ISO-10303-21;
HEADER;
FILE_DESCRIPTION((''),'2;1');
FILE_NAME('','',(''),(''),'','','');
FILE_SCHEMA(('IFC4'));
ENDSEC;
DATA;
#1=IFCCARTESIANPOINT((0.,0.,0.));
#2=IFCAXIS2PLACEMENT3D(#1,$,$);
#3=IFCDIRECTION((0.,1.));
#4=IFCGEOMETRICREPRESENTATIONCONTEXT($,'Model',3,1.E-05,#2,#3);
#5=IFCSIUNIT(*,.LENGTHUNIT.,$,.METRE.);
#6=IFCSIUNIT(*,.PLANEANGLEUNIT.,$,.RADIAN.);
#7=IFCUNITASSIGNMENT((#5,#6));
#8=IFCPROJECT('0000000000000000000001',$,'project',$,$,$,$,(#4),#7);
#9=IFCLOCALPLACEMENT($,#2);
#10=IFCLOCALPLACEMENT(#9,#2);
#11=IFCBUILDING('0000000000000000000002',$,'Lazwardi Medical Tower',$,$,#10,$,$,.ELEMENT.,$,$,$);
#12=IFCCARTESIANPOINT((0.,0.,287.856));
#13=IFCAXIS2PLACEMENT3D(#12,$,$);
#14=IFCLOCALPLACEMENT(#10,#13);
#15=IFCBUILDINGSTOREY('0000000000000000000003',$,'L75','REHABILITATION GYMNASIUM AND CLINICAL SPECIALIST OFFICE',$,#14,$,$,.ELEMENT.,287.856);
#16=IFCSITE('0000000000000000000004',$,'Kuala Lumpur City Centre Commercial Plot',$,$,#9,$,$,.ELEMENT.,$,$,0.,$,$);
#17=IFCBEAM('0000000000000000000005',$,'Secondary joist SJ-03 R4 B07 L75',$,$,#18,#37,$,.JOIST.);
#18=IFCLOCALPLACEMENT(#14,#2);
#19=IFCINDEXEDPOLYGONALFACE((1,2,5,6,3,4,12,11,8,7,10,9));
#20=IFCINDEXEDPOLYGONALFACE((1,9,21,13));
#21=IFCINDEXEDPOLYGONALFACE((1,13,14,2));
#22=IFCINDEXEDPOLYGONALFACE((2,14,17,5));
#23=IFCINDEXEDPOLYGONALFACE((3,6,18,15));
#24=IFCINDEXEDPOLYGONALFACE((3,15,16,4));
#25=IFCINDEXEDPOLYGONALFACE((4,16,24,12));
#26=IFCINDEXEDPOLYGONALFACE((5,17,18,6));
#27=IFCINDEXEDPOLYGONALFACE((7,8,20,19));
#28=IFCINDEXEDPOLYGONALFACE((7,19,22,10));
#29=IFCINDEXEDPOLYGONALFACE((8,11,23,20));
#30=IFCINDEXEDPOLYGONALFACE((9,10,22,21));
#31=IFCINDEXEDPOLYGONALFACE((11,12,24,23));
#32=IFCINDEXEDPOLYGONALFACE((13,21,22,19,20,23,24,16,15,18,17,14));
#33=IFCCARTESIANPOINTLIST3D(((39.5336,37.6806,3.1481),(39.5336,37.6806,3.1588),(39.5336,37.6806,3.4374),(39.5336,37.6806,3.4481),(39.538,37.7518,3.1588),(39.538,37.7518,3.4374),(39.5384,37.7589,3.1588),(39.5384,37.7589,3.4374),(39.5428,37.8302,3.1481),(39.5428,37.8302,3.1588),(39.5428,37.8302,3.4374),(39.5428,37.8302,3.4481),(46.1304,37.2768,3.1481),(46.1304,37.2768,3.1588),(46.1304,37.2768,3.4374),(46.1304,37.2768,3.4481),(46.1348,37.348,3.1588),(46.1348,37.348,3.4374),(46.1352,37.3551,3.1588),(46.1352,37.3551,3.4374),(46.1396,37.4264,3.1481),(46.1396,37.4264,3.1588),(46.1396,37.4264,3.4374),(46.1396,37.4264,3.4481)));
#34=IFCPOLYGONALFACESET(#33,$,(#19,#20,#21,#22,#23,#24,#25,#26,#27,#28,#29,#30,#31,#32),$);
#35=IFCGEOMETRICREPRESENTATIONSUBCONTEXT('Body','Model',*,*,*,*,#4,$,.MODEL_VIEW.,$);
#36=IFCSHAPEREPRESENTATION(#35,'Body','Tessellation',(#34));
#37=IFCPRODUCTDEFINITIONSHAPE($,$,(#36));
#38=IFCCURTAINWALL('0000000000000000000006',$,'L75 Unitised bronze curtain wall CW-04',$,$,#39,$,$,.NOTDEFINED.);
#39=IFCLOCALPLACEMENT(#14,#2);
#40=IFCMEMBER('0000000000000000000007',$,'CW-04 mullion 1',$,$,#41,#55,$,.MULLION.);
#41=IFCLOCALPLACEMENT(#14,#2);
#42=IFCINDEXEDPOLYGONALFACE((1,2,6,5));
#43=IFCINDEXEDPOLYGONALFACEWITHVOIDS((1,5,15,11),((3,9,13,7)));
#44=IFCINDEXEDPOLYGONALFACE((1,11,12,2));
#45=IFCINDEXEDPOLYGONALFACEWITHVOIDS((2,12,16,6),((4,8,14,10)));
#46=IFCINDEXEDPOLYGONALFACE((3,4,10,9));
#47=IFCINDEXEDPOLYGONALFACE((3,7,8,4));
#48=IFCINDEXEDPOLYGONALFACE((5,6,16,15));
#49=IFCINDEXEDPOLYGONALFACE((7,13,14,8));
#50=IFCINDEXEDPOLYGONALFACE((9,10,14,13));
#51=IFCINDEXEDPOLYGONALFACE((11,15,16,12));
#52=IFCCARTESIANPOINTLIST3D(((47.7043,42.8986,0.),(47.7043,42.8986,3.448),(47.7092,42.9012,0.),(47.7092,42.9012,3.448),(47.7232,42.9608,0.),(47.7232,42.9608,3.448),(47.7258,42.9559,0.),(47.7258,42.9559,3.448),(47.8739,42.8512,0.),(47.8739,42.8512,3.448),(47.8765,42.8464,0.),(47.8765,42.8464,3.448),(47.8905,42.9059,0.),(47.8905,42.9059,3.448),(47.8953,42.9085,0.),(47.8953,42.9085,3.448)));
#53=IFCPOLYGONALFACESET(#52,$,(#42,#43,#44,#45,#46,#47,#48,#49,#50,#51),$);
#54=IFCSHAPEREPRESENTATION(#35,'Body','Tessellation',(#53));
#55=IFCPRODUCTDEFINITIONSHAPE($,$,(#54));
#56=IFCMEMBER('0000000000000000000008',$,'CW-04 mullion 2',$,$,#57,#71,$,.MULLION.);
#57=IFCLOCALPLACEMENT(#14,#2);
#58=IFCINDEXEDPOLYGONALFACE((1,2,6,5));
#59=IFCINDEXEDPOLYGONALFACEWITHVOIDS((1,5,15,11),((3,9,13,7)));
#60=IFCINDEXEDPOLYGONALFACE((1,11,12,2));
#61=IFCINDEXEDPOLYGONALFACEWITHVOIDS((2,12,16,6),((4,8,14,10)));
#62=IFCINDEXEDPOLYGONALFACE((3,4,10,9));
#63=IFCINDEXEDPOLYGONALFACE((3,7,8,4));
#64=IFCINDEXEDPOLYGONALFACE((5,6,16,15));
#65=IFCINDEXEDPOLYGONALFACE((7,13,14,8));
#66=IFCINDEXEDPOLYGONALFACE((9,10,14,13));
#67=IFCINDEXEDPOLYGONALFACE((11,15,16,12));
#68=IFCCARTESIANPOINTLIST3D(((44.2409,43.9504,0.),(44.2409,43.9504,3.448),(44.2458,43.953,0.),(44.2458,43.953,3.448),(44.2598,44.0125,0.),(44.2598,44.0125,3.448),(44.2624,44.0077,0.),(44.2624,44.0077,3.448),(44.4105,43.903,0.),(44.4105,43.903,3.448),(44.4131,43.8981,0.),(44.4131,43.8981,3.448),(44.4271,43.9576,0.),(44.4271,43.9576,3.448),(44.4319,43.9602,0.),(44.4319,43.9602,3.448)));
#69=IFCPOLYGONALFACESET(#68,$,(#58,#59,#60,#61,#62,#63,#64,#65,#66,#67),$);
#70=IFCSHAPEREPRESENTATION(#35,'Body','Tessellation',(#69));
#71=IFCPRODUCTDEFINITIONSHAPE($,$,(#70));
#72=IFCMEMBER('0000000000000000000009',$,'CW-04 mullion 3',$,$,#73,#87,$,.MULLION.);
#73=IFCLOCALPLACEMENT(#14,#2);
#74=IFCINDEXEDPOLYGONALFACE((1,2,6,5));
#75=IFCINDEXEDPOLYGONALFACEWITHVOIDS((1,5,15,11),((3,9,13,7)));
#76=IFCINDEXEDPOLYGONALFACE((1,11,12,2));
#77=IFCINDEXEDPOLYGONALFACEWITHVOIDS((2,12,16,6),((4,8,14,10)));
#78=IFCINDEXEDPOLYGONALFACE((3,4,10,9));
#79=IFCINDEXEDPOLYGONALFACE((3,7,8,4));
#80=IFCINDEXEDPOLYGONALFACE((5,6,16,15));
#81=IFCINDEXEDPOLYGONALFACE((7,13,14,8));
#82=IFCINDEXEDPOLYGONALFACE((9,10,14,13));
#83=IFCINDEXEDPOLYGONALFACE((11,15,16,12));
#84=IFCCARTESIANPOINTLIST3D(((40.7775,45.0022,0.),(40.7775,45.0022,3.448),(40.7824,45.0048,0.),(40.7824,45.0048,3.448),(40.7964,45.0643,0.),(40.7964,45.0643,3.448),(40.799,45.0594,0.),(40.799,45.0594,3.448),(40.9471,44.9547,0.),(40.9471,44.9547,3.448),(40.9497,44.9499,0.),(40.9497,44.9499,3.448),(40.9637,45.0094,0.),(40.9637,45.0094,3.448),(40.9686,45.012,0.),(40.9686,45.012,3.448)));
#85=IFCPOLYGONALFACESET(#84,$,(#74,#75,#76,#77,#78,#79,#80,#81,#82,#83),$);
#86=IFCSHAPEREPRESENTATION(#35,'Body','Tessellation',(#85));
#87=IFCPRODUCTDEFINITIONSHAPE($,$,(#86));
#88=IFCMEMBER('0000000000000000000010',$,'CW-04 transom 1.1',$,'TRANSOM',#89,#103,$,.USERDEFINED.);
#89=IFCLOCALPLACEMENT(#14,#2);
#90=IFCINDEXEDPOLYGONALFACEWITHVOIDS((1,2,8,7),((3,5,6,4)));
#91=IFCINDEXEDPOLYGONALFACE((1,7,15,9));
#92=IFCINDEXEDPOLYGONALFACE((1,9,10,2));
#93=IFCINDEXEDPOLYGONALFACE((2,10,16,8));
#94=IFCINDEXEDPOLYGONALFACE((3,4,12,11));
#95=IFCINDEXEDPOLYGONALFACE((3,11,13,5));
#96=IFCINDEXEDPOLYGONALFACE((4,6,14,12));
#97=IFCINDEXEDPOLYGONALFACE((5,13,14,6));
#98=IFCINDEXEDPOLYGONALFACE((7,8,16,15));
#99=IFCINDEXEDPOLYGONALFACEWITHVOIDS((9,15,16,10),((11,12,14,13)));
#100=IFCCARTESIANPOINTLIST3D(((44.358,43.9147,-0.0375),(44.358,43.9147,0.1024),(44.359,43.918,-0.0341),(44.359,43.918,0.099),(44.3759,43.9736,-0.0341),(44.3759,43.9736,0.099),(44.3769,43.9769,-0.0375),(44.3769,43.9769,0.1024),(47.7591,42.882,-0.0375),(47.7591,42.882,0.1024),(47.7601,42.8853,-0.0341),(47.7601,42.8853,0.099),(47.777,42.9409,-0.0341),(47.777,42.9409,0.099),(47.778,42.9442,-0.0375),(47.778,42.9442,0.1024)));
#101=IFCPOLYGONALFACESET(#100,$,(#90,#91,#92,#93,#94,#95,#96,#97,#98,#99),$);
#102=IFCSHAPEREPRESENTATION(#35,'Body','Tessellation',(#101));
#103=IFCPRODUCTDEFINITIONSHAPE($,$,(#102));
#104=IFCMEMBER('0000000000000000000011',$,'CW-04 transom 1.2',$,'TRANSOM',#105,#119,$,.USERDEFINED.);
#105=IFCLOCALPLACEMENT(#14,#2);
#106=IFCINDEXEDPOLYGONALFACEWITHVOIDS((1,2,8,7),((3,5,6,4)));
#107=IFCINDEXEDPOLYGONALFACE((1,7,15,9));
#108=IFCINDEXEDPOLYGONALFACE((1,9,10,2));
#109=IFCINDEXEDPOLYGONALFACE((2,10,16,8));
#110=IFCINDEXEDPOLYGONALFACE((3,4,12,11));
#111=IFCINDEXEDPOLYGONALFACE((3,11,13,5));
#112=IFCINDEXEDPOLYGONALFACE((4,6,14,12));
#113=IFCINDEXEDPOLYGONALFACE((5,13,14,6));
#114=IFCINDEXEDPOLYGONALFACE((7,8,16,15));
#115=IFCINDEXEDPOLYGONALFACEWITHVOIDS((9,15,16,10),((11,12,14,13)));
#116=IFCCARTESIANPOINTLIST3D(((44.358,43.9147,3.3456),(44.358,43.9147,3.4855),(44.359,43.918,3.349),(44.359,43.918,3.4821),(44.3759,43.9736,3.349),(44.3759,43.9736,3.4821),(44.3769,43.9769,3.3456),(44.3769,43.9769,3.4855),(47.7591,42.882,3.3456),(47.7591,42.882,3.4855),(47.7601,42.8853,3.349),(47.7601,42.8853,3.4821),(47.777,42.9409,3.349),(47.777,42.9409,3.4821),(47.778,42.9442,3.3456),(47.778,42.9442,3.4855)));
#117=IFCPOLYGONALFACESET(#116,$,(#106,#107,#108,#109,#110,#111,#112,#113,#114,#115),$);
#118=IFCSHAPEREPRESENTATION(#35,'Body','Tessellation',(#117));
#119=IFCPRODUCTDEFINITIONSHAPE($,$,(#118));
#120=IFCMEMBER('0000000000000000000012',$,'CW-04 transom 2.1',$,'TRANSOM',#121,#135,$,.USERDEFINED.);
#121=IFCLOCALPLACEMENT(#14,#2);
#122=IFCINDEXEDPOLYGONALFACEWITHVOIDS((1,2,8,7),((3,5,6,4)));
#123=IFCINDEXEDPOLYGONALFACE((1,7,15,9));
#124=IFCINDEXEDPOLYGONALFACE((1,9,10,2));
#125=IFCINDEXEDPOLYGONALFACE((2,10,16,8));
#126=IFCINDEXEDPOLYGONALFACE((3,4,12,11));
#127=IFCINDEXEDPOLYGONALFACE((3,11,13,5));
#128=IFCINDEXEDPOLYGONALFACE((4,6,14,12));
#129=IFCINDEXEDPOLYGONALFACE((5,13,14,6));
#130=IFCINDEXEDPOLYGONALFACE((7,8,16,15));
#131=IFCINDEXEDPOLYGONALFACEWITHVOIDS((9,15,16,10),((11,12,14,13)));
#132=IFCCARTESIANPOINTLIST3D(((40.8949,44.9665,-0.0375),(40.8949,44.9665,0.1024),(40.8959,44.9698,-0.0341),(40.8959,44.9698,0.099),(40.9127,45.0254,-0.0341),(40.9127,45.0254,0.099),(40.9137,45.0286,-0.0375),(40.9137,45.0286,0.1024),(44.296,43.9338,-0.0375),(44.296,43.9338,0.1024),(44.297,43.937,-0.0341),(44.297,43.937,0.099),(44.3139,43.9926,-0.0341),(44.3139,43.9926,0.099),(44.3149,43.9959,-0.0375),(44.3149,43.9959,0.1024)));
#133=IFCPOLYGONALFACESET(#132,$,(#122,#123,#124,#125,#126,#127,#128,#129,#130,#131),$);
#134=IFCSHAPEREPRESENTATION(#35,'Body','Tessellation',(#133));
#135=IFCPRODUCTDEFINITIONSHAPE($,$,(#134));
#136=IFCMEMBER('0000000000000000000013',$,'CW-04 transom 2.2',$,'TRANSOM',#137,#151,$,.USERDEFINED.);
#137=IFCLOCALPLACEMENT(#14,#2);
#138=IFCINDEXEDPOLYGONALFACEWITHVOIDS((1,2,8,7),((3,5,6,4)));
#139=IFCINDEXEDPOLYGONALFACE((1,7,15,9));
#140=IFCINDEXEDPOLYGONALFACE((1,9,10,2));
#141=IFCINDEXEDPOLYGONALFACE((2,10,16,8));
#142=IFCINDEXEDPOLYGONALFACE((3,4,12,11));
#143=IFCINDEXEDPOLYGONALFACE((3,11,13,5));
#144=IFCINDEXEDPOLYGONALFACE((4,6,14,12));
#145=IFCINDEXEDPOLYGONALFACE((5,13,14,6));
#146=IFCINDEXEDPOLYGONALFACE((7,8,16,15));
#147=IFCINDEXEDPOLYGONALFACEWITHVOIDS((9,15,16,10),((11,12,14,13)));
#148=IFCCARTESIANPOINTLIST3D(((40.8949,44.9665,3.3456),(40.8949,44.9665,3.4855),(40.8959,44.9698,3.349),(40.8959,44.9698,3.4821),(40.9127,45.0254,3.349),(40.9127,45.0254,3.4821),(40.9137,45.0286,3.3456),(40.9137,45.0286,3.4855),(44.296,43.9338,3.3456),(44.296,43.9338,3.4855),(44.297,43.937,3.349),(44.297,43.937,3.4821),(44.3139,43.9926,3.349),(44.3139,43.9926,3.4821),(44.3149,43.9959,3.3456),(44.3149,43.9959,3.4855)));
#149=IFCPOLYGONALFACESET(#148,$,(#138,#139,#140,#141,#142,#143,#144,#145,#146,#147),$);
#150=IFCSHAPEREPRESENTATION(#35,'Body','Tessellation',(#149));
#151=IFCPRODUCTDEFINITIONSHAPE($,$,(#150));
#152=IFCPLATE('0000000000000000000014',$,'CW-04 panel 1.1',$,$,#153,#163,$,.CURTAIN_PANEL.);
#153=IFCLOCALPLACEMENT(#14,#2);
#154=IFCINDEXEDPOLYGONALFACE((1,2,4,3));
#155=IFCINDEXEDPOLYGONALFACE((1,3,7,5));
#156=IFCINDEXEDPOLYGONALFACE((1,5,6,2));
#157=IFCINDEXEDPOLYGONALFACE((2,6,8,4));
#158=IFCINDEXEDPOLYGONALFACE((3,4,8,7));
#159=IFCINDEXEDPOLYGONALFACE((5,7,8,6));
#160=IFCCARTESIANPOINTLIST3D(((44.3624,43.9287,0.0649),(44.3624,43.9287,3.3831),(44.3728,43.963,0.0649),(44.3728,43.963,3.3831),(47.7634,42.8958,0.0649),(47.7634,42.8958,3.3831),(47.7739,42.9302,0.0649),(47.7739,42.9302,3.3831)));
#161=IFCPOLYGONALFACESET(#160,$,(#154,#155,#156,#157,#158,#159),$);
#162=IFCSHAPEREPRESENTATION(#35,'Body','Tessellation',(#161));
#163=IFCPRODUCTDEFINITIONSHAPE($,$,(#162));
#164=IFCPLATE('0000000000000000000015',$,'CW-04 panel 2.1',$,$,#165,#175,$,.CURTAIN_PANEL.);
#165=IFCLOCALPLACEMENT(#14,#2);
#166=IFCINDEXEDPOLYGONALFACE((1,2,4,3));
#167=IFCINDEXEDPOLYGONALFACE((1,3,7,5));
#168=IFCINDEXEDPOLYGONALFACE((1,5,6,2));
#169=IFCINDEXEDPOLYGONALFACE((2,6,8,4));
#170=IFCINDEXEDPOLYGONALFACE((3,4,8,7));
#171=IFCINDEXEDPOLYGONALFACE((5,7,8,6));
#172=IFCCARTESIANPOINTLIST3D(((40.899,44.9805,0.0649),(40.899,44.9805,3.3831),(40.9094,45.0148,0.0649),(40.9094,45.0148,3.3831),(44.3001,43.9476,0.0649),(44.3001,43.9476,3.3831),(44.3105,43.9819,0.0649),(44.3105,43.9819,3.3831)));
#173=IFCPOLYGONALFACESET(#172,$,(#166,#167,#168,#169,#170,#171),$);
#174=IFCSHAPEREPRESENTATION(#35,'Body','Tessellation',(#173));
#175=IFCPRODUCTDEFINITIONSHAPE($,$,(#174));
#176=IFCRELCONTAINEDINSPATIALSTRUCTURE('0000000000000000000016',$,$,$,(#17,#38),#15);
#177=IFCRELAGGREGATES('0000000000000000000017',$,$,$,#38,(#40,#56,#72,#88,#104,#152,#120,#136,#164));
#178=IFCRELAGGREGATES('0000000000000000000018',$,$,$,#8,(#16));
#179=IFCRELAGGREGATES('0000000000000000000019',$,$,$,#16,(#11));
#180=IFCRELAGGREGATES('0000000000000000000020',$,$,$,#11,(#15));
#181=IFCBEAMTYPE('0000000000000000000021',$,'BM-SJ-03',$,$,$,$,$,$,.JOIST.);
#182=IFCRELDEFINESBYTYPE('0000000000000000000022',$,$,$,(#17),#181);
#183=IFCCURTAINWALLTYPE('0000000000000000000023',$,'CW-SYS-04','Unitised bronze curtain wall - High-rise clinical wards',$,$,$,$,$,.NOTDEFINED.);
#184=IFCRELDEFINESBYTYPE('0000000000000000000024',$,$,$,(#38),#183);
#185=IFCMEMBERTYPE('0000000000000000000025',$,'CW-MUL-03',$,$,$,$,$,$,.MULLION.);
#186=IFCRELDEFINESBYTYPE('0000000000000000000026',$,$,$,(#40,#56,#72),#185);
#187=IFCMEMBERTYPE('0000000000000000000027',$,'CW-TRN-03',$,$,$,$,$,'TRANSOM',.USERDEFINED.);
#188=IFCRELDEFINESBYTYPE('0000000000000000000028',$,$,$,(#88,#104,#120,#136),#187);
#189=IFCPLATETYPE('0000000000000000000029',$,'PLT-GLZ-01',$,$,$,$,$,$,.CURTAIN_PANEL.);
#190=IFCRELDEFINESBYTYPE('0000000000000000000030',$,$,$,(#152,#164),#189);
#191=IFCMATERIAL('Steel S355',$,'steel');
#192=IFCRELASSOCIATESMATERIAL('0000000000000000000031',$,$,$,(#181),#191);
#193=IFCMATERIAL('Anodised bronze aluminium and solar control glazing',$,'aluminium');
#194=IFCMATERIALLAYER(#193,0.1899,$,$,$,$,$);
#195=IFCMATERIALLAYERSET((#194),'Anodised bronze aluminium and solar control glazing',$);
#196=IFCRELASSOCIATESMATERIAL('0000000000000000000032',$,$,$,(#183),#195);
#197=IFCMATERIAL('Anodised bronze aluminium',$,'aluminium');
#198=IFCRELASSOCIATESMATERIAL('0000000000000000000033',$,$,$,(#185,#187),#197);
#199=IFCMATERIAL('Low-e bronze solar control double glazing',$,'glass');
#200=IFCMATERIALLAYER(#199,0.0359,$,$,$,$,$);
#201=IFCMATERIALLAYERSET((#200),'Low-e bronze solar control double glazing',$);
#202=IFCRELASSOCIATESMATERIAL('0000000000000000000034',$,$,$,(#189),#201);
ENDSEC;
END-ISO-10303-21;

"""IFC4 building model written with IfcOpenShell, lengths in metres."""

from ifc_helpers import new_model, si_unit, direction, frame, origin, origin_2d, place, context, subcontext, project, spatial, rectangle, hollow_rectangle, i_section, extrude, material, layer, layer_set, material_profile, profile_set, type_object, element, aggregate, save


model = new_model("IFC4")

# Units and contexts
model_context = context("Model", 3, precision=1e-05, world=origin(), true_north=direction((0.0, 1.0)))
body_context = subcontext(model_context, "Body", "Model", "MODEL_VIEW")
ifc_project = project(units=[si_unit("LENGTHUNIT", "METRE"), si_unit("PLANEANGLEUNIT", "RADIAN")], contexts=[model_context])

# Site, building, storey
site_placement = place(None, origin())
site = spatial("IfcSite", under=ifc_project, at=site_placement, Name="Kuala Lumpur City Centre Commercial Plot", CompositionType="ELEMENT", RefElevation=0.0)
building_placement = place(site_placement, origin())
building = spatial("IfcBuilding", under=site, at=building_placement, Name="Lazwardi Medical Tower", CompositionType="ELEMENT")
storey_placement = place(building_placement, frame((0.0, 0.0, 287.856)))
storey = spatial("IfcBuildingStorey", under=building, at=storey_placement, Name="L75", Description="REHABILITATION GYMNASIUM AND CLINICAL SPECIALIST OFFICE", CompositionType="ELEMENT", Elevation=287.856)

# Beam
ifc_material_1 = material(Name="Steel S355", Category="steel")
ifc_material_profile_1 = material_profile(ifc_material_1, i_section(OverallWidth=0.1499, OverallDepth=0.3, WebThickness=0.0071, FlangeThickness=0.0107, at=origin_2d()), Name="IPE 300")
ifc_profile_set_1 = profile_set([ifc_material_profile_1], Name="Steel S355")
beam_type_1 = type_object("IfcBeamType", Name="BM-SJ-03", PredefinedType="JOIST", material=ifc_profile_set_1)
beam_1_placement = place(storey_placement, frame((46.135, 37.3516, 3.2981), z_axis=(-0.998132, 0.0611, 0.0), x_axis=(-0.0611, -0.998132, 0.0)))
element("IfcBeam", 1, at=beam_1_placement, inside=storey, type_object=beam_type_1, Name="Secondary joist SJ-03 R4 B07 L75", PredefinedType="JOIST", context=body_context, shape_type="SweptSolid", body=[
    extrude(i_section(OverallWidth=0.1499, OverallDepth=0.3, WebThickness=0.0071, FlangeThickness=0.0107, at=origin_2d()), origin(), (0.0, 0.0, 1.0), 6.6091),
])

# Curtain wall, members, plates
ifc_material_2 = material(Name="Anodised bronze aluminium and solar control glazing", Category="aluminium")
ifc_layer_1 = layer(ifc_material_2, 0.1899)
ifc_layer_set_1 = layer_set([ifc_layer_1], Name="Anodised bronze aluminium and solar control glazing")
curtain_wall_type = type_object("IfcCurtainWallType", Name="CW-SYS-04", Description="Unitised bronze curtain wall - High-rise clinical wards", PredefinedType="NOTDEFINED", material=ifc_layer_set_1)
curtain_wall_placement = place(storey_placement, origin())
curtain_wall = element("IfcCurtainWall", 2, at=curtain_wall_placement, inside=storey, type_object=curtain_wall_type, Name="L75 Unitised bronze curtain wall CW-04", PredefinedType="NOTDEFINED")
ifc_material_3 = material(Name="Anodised bronze aluminium", Category="aluminium")
ifc_material_profile_2 = material_profile(ifc_material_3, hollow_rectangle(XDim=0.0649, YDim=0.1799, WallThickness=0.0039, at=origin_2d()), Name="ALU-MULLION 180x65x4")
ifc_profile_set_2 = profile_set([ifc_material_profile_2], Name="Anodised bronze aluminium")
member_type_1 = type_object("IfcMemberType", Name="CW-MUL-03", PredefinedType="MULLION", material=ifc_profile_set_2)
member_1_placement = place(storey_placement, frame((47.7998, 42.9036, 0.0), z_axis=(0.0, 0.0, 1.0), x_axis=(-0.290582, -0.95685, 0.0)))
member_1 = element("IfcMember", 3, at=member_1_placement, type_object=member_type_1, Name="CW-04 mullion 1", PredefinedType="MULLION", context=body_context, shape_type="SweptSolid", body=[
    extrude(hollow_rectangle(XDim=0.0649, YDim=0.1799, WallThickness=0.0039, at=origin_2d()), origin(), (0.0, 0.0, 1.0), 3.448),
])
member_2_placement = place(storey_placement, frame((44.3364, 43.9553, 0.0), z_axis=(0.0, 0.0, 1.0), x_axis=(-0.290582, -0.95685, 0.0)))
member_2 = element("IfcMember", 4, at=member_2_placement, type_object=member_type_1, Name="CW-04 mullion 2", PredefinedType="MULLION", context=body_context, shape_type="SweptSolid", body=[
    extrude(hollow_rectangle(XDim=0.0649, YDim=0.1799, WallThickness=0.0039, at=origin_2d()), origin(), (0.0, 0.0, 1.0), 3.448),
])
member_3_placement = place(storey_placement, frame((40.873, 45.0071, 0.0), z_axis=(0.0, 0.0, 1.0), x_axis=(-0.290582, -0.95685, 0.0)))
member_3 = element("IfcMember", 5, at=member_3_placement, type_object=member_type_1, Name="CW-04 mullion 3", PredefinedType="MULLION", context=body_context, shape_type="SweptSolid", body=[
    extrude(hollow_rectangle(XDim=0.0649, YDim=0.1799, WallThickness=0.0039, at=origin_2d()), origin(), (0.0, 0.0, 1.0), 3.448),
])
ifc_material_profile_3 = material_profile(ifc_material_3, hollow_rectangle(XDim=0.0649, YDim=0.1399, WallThickness=0.0034, at=origin_2d()), Name="ALU-TRANSOM 140x65x3.5")
ifc_profile_set_3 = profile_set([ifc_material_profile_3], Name="Anodised bronze aluminium")
member_type_2 = type_object("IfcMemberType", Name="CW-TRN-03", ElementType="TRANSOM", PredefinedType="USERDEFINED", material=ifc_profile_set_3)
member_4_placement = place(storey_placement, frame((47.7686, 42.9131, 0.0325), z_axis=(-0.956863, 0.290541, 0.0), x_axis=(-0.290541, -0.956863, 0.0)))
member_4 = element("IfcMember", 6, at=member_4_placement, type_object=member_type_2, Name="CW-04 transom 1.1", ObjectType="TRANSOM", PredefinedType="USERDEFINED", context=body_context, shape_type="SweptSolid", body=[
    extrude(hollow_rectangle(XDim=0.0649, YDim=0.1399, WallThickness=0.0034, at=origin_2d()), origin(), (0.0, 0.0, 1.0), 3.5544),
])
member_5_placement = place(storey_placement, frame((47.7686, 42.9131, 3.4155), z_axis=(-0.956863, 0.290541, 0.0), x_axis=(-0.290541, -0.956863, 0.0)))
member_5 = element("IfcMember", 7, at=member_5_placement, type_object=member_type_2, Name="CW-04 transom 1.2", ObjectType="TRANSOM", PredefinedType="USERDEFINED", context=body_context, shape_type="SweptSolid", body=[
    extrude(hollow_rectangle(XDim=0.0649, YDim=0.1399, WallThickness=0.0034, at=origin_2d()), origin(), (0.0, 0.0, 1.0), 3.5544),
])
member_6_placement = place(storey_placement, frame((44.3054, 43.9648, 0.0325), z_axis=(-0.956863, 0.290541, 0.0), x_axis=(-0.290541, -0.956863, 0.0)))
member_6 = element("IfcMember", 8, at=member_6_placement, type_object=member_type_2, Name="CW-04 transom 2.1", ObjectType="TRANSOM", PredefinedType="USERDEFINED", context=body_context, shape_type="SweptSolid", body=[
    extrude(hollow_rectangle(XDim=0.0649, YDim=0.1399, WallThickness=0.0034, at=origin_2d()), origin(), (0.0, 0.0, 1.0), 3.5544),
])
member_7_placement = place(storey_placement, frame((44.3054, 43.9648, 3.4155), z_axis=(-0.956863, 0.290541, 0.0), x_axis=(-0.290541, -0.956863, 0.0)))
member_7 = element("IfcMember", 9, at=member_7_placement, type_object=member_type_2, Name="CW-04 transom 2.2", ObjectType="TRANSOM", PredefinedType="USERDEFINED", context=body_context, shape_type="SweptSolid", body=[
    extrude(hollow_rectangle(XDim=0.0649, YDim=0.1399, WallThickness=0.0034, at=origin_2d()), origin(), (0.0, 0.0, 1.0), 3.5544),
])
ifc_material_4 = material(Name="Low-e bronze solar control double glazing", Category="glass")
ifc_layer_2 = layer(ifc_material_4, 0.0359)
ifc_layer_set_2 = layer_set([ifc_layer_2], Name="Low-e bronze solar control double glazing")
plate_type = type_object("IfcPlateType", Name="PLT-GLZ-01", PredefinedType="CURTAIN_PANEL", material=ifc_layer_set_2)
plate_1_placement = place(storey_placement, frame((46.0681, 43.4294, 0.0649), z_axis=(0.0, 0.0, 1.0), x_axis=(-0.95685, 0.290582, 0.0)))
plate_1 = element("IfcPlate", 10, at=plate_1_placement, type_object=plate_type, Name="CW-04 panel 1.1", PredefinedType="CURTAIN_PANEL", context=body_context, shape_type="SweptSolid", body=[
    extrude(rectangle(XDim=3.5544, YDim=0.0359, at=origin_2d()), origin(), (0.0, 0.0, 1.0), 3.3181),
])
plate_2_placement = place(storey_placement, frame((42.6047, 44.4812, 0.0649), z_axis=(0.0, 0.0, 1.0), x_axis=(-0.95685, 0.290582, 0.0)))
plate_2 = element("IfcPlate", 11, at=plate_2_placement, type_object=plate_type, Name="CW-04 panel 2.1", PredefinedType="CURTAIN_PANEL", context=body_context, shape_type="SweptSolid", body=[
    extrude(rectangle(XDim=3.5544, YDim=0.0359, at=origin_2d()), origin(), (0.0, 0.0, 1.0), 3.3181),
])
aggregate(curtain_wall, [member_1, member_2, member_3, member_4, member_5, plate_1, member_6, member_7, plate_2])

save(model, "model.ifc")
